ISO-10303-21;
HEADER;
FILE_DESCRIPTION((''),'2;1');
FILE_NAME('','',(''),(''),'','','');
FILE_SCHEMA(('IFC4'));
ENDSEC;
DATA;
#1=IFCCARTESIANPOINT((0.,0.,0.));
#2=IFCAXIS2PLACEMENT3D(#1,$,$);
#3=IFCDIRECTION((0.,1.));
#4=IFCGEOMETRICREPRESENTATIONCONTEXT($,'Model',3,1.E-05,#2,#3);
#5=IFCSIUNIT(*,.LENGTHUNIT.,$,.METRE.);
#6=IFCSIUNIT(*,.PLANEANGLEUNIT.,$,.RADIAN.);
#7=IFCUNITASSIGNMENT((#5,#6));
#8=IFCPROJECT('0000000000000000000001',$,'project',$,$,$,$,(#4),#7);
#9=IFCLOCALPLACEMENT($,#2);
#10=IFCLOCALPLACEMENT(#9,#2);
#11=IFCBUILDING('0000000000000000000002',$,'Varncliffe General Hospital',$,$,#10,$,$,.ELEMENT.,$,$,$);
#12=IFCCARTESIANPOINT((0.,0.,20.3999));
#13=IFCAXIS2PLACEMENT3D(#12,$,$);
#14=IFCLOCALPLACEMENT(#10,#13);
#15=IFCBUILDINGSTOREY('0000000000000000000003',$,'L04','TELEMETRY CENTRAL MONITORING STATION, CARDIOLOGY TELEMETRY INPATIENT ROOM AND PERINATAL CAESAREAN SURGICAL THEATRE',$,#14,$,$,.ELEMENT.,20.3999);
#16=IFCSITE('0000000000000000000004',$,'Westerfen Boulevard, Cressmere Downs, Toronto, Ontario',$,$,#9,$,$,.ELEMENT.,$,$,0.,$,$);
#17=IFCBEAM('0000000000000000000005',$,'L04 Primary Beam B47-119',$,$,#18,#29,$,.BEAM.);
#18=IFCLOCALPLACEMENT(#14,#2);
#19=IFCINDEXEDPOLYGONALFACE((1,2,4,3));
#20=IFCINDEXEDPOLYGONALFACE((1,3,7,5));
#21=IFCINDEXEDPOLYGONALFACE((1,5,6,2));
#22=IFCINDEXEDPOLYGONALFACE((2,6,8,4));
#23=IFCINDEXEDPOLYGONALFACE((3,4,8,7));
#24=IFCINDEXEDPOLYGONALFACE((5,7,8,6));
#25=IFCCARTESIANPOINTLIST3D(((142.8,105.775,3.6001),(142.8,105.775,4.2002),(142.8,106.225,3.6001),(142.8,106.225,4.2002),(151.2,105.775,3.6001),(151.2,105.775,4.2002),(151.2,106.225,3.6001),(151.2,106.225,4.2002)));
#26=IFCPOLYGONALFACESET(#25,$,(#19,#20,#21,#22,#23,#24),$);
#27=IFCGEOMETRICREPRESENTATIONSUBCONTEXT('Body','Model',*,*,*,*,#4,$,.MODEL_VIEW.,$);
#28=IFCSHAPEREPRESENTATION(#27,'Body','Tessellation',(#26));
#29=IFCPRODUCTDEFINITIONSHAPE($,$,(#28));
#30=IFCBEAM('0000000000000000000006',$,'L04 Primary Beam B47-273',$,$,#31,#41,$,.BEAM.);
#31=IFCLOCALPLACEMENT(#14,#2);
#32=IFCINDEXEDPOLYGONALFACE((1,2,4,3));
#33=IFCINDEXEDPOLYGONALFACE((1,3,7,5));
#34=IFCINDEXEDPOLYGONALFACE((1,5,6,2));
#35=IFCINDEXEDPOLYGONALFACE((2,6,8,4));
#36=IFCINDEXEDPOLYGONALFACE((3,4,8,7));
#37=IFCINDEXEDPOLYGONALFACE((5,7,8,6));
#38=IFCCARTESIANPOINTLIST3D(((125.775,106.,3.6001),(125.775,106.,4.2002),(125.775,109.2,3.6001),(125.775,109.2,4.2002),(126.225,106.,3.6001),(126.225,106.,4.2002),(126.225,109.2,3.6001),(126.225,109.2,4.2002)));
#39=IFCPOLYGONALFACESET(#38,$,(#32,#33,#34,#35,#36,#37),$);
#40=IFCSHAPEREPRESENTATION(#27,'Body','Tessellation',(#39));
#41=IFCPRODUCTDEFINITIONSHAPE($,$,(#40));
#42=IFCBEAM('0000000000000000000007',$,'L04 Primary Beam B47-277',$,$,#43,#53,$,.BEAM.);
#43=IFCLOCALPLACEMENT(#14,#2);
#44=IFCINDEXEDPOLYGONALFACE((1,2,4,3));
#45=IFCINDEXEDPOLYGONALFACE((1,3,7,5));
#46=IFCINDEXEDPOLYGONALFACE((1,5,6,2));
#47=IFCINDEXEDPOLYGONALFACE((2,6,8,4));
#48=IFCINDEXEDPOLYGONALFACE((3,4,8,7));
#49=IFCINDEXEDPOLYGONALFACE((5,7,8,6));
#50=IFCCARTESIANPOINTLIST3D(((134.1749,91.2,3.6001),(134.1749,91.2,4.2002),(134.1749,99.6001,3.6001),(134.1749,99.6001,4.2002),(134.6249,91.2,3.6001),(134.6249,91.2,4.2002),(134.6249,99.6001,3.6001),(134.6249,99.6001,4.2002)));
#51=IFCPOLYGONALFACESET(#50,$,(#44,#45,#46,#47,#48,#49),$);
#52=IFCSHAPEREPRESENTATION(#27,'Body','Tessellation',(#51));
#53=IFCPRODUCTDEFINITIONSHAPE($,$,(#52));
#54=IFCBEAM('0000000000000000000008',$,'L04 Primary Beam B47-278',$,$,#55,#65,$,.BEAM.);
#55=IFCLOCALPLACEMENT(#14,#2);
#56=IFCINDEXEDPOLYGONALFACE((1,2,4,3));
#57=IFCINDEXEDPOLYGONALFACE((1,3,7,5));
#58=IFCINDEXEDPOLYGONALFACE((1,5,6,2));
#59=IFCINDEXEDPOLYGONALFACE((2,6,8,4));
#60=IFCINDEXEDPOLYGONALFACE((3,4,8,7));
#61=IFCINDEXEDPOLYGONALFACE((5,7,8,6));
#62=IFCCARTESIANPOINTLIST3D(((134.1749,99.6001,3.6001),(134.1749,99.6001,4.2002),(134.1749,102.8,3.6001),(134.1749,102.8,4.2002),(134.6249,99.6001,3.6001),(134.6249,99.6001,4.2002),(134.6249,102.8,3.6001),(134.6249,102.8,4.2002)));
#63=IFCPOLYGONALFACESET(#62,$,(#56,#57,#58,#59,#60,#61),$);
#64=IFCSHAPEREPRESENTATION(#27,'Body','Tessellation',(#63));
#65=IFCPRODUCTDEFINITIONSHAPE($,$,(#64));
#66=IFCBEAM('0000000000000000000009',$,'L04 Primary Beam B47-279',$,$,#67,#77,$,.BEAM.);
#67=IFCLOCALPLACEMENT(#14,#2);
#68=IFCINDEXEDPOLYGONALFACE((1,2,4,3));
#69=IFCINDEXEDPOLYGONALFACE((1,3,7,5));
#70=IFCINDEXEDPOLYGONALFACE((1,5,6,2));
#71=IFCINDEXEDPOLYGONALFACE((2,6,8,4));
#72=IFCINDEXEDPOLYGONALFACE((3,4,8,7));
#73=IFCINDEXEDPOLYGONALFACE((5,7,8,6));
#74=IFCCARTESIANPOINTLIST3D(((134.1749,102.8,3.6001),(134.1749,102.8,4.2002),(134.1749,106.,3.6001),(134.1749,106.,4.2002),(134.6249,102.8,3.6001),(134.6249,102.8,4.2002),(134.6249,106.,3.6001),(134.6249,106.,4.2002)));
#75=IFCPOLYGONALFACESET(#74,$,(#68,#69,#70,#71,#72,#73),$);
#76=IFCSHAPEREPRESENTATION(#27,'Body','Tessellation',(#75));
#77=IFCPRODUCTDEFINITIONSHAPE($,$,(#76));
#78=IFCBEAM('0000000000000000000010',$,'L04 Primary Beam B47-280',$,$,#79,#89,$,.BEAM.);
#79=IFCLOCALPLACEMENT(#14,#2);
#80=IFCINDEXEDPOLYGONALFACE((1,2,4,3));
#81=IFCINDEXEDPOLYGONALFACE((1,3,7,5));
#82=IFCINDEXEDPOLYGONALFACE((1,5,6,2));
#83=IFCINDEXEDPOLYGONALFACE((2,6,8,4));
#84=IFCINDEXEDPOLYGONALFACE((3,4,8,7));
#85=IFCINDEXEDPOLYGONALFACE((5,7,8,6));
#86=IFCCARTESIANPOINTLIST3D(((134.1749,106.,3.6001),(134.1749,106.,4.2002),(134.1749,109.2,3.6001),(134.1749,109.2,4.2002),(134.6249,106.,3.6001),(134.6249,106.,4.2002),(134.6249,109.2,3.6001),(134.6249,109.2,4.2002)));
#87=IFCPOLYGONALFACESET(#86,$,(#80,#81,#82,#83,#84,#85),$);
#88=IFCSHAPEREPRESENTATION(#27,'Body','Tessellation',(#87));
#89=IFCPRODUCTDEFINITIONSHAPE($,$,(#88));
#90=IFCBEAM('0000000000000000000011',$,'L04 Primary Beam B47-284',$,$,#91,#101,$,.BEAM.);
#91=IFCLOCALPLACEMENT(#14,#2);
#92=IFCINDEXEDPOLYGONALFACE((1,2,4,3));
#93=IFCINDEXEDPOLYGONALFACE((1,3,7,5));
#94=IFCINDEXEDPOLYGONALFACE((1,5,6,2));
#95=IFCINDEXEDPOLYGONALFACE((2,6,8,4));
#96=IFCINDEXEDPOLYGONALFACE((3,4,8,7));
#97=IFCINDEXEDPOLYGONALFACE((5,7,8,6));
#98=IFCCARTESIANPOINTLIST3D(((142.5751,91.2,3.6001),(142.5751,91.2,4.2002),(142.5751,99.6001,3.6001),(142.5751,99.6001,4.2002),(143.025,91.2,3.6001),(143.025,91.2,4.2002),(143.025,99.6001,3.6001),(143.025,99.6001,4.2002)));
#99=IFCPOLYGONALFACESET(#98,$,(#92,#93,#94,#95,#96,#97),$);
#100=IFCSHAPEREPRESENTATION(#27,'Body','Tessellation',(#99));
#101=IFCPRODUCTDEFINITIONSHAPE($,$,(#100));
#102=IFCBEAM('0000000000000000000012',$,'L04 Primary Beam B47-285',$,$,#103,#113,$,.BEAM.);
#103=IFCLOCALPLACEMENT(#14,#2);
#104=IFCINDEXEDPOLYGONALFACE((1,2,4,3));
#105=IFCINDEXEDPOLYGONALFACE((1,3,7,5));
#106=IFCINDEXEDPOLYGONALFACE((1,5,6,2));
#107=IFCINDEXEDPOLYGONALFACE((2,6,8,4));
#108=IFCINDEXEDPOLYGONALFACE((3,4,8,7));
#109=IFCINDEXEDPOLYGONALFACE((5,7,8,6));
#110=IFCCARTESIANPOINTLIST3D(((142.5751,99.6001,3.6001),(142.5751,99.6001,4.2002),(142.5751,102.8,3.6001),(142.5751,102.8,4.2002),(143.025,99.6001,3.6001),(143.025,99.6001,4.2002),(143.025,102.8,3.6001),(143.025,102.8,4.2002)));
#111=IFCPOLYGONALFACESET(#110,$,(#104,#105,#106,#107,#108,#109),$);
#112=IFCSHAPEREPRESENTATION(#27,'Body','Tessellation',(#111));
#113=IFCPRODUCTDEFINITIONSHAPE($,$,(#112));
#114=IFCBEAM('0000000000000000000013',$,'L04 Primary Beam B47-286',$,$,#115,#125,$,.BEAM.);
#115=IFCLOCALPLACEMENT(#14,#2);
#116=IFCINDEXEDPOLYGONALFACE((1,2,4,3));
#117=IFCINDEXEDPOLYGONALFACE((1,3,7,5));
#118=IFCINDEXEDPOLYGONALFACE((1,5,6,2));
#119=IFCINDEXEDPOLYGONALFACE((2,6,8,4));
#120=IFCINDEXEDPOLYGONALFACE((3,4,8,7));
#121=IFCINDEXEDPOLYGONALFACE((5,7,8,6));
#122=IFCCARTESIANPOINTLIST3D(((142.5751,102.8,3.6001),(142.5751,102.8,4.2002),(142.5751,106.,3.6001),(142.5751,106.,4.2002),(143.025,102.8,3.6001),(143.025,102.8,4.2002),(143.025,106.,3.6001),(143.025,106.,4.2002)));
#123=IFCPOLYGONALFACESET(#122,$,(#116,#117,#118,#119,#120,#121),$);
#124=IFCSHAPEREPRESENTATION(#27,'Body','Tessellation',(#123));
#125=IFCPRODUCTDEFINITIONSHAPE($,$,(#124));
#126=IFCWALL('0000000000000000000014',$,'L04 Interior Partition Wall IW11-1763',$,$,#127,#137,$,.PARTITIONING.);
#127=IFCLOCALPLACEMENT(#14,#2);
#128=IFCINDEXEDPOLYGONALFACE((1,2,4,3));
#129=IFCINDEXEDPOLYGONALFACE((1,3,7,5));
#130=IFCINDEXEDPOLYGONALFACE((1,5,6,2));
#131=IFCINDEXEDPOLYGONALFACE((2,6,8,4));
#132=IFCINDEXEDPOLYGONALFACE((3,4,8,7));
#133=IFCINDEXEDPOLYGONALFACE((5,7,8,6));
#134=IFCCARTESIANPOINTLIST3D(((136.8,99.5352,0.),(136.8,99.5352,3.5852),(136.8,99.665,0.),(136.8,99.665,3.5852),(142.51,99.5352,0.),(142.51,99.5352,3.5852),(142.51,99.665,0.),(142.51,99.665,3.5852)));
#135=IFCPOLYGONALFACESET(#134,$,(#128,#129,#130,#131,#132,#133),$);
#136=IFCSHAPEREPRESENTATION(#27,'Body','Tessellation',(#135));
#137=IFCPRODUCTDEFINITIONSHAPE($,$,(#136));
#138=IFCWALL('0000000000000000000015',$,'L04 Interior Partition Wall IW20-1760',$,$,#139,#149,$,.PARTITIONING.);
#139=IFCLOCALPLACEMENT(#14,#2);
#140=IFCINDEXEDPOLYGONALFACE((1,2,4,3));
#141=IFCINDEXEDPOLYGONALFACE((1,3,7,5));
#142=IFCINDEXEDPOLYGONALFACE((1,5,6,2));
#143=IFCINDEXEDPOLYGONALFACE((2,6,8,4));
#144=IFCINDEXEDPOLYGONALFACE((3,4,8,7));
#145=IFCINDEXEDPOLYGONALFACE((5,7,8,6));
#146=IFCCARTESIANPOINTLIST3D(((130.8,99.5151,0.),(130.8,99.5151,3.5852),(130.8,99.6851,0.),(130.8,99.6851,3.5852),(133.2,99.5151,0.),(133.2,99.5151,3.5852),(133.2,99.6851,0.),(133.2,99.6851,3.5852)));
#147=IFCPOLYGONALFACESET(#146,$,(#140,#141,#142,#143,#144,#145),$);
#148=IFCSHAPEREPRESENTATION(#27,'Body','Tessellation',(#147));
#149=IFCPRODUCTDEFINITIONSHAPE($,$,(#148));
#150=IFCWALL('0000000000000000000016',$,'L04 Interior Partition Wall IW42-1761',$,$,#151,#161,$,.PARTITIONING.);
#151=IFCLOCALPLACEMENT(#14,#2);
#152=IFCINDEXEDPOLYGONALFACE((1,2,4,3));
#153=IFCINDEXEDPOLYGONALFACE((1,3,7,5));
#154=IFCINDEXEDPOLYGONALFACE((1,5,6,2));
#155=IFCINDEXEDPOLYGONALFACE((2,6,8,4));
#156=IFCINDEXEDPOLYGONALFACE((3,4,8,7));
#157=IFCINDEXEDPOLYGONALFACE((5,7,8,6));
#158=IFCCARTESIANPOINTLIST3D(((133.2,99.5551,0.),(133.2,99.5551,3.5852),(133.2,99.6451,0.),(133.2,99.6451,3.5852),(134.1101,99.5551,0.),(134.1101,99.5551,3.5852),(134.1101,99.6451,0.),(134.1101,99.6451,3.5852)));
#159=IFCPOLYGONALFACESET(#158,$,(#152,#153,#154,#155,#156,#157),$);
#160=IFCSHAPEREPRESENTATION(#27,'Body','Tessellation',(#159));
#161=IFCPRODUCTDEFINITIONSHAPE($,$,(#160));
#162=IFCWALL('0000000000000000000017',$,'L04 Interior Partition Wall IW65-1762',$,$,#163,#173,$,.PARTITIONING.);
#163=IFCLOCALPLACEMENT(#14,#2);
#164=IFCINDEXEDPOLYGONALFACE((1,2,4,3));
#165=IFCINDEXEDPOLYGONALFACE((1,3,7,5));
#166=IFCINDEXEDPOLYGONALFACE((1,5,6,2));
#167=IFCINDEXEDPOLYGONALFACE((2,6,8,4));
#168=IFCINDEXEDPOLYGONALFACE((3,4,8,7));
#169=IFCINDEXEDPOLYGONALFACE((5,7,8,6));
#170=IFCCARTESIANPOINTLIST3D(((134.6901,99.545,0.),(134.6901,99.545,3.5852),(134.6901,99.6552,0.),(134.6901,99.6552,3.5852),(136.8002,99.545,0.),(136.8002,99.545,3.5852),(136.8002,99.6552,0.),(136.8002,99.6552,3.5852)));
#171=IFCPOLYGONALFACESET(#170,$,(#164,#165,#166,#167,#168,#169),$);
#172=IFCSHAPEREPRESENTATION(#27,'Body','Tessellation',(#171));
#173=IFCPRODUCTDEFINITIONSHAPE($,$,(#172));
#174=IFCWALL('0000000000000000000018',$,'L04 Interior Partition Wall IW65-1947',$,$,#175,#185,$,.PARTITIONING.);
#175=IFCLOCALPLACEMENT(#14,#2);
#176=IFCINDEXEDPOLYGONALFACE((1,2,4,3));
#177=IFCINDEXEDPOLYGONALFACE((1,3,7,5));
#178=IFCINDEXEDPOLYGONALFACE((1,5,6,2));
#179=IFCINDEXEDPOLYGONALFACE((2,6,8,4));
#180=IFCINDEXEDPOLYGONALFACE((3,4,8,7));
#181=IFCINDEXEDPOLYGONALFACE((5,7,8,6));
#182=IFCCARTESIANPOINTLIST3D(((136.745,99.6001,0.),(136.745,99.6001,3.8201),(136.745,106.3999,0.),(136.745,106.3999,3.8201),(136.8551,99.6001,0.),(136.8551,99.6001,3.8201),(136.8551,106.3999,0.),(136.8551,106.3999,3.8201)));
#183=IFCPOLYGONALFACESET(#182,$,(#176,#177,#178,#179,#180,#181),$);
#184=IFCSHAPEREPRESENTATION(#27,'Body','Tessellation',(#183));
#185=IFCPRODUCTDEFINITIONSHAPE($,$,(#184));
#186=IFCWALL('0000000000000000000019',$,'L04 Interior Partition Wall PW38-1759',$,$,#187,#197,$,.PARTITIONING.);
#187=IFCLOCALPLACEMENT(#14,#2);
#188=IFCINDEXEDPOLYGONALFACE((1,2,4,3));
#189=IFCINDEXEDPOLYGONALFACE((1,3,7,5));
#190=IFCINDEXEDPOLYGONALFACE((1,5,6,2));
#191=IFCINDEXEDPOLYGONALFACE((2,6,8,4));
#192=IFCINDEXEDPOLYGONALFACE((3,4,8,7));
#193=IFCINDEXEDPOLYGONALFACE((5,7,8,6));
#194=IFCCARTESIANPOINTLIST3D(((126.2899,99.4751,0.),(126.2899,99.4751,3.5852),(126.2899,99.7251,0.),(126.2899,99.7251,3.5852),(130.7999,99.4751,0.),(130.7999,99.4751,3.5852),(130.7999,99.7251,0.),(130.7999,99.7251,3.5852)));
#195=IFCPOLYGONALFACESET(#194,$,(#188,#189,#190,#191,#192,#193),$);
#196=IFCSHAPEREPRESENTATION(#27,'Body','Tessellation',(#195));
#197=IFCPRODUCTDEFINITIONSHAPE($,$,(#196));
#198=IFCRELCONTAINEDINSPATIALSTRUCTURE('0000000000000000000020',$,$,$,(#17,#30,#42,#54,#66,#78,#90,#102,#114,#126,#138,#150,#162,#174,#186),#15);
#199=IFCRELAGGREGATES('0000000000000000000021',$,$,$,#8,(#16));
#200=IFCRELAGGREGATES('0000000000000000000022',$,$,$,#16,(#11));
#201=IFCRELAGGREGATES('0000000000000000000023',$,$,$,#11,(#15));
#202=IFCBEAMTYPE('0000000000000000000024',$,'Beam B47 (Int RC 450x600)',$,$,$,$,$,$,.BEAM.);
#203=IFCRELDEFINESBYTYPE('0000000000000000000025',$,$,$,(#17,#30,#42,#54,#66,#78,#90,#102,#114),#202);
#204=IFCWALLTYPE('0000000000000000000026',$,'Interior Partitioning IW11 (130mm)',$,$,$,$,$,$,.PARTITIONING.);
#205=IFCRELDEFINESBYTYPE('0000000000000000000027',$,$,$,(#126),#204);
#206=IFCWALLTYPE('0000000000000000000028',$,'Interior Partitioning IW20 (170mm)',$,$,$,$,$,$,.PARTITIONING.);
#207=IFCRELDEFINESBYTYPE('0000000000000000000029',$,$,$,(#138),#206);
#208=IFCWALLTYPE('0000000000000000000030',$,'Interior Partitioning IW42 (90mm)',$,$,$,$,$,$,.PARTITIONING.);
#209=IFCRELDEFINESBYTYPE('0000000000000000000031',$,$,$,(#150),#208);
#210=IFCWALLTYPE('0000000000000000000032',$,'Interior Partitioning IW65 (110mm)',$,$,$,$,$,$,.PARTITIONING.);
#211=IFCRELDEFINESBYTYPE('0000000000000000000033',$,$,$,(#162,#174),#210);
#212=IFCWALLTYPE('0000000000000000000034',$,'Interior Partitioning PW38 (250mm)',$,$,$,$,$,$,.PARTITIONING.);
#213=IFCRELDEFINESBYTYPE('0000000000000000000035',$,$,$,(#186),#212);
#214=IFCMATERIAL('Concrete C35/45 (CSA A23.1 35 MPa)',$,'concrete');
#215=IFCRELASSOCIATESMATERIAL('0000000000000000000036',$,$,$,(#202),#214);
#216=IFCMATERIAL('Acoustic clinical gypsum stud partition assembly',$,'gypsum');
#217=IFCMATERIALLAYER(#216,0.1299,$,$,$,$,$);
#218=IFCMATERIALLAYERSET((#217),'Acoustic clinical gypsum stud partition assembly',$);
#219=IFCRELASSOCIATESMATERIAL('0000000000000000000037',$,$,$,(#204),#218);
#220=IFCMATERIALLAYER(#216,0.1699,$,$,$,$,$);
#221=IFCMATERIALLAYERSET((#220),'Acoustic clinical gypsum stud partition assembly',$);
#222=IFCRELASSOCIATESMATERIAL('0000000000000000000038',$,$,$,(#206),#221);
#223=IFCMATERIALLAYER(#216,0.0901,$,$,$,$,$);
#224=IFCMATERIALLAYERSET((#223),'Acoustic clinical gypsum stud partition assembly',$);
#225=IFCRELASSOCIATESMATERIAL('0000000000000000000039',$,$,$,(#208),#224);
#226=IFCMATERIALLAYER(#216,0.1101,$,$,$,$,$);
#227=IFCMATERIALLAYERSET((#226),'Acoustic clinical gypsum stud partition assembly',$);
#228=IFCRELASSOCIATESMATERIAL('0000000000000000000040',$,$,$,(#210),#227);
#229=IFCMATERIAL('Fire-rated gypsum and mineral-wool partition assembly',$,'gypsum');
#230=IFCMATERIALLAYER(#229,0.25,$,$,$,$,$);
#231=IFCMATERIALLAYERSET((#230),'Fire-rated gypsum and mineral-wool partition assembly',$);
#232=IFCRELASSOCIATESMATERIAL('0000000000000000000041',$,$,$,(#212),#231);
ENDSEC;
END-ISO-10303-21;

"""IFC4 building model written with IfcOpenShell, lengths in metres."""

from ifc_helpers import new_model, si_unit, direction, frame, frame_2d, origin, origin_2d, place, context, subcontext, project, spatial, rectangle, extrude, material, layer, layer_set, material_profile, profile_set, type_object, element, save


model = new_model("IFC4")

# Units and contexts
model_context = context("Model", 3, precision=1e-05, world=origin(), true_north=direction((0.0, 1.0)))
body_context = subcontext(model_context, "Body", "Model", "MODEL_VIEW")
ifc_project = project(units=[si_unit("LENGTHUNIT", "METRE"), si_unit("PLANEANGLEUNIT", "RADIAN")], contexts=[model_context])

# Site, building, storey
site_placement = place(None, origin())
site = spatial("IfcSite", under=ifc_project, at=site_placement, Name="Westerfen Boulevard, Cressmere Downs, Toronto, Ontario", CompositionType="ELEMENT", RefElevation=0.0)
building_placement = place(site_placement, origin())
building = spatial("IfcBuilding", under=site, at=building_placement, Name="Varncliffe General Hospital", CompositionType="ELEMENT")
storey_placement = place(building_placement, frame((0.0, 0.0, 20.3999)))
storey = spatial("IfcBuildingStorey", under=building, at=storey_placement, Name="L04", Description="TELEMETRY CENTRAL MONITORING STATION, CARDIOLOGY TELEMETRY INPATIENT ROOM AND PERINATAL CAESAREAN SURGICAL THEATRE", CompositionType="ELEMENT", Elevation=20.3999)

# Beams
ifc_material_1 = material(Name="Concrete C35/45 (CSA A23.1 35 MPa)", Category="concrete")
ifc_material_profile_1 = material_profile(ifc_material_1, rectangle(XDim=0.45, YDim=0.6001, at=origin_2d()), Name="RC 450x600")
ifc_profile_set_1 = profile_set([ifc_material_profile_1], Name="Concrete C35/45 (CSA A23.1 35 MPa)")
beam_type = type_object("IfcBeamType", Name="Beam B47 (Int RC 450x600)", PredefinedType="BEAM", material=ifc_profile_set_1)
beam_1_placement = place(storey_placement, frame((142.8, 106.0, 3.9001), z_axis=(1.0, 0.0, 0.0), x_axis=(0.0, 1.0, 0.0)))
element("IfcBeam", 1, at=beam_1_placement, inside=storey, type_object=beam_type, Name="L04 Primary Beam B47-119", PredefinedType="BEAM", context=body_context, shape_type="SweptSolid", body=[
    extrude(rectangle(XDim=0.45, YDim=0.6001, at=origin_2d()), origin(), (0.0, 0.0, 1.0), 8.3999),
])
beam_2_placement = place(storey_placement, frame((126.0, 106.0, 3.9001), z_axis=(0.0, 1.0, 0.0), x_axis=(-1.0, 0.0, 0.0)))
element("IfcBeam", 2, at=beam_2_placement, inside=storey, type_object=beam_type, Name="L04 Primary Beam B47-273", PredefinedType="BEAM", context=body_context, shape_type="SweptSolid", body=[
    extrude(rectangle(XDim=0.45, YDim=0.6001, at=origin_2d()), origin(), (0.0, 0.0, 1.0), 3.2),
])
beam_3_placement = place(storey_placement, frame((134.3999, 91.2, 3.9001), z_axis=(0.0, 1.0, 0.0), x_axis=(-1.0, 0.0, 0.0)))
element("IfcBeam", 3, at=beam_3_placement, inside=storey, type_object=beam_type, Name="L04 Primary Beam B47-277", PredefinedType="BEAM", context=body_context, shape_type="SweptSolid", body=[
    extrude(rectangle(XDim=0.45, YDim=0.6001, at=origin_2d()), origin(), (0.0, 0.0, 1.0), 8.4001),
])
for number, where, z_axis, x_axis, name in (
    (4, (134.3999, 99.6001, 3.9001), (0.0, 1.0, 0.0), (-1.0, 0.0, 0.0), "L04 Primary Beam B47-278"),
    (5, (134.3999, 102.8, 3.9001), (0.0, 1.0, 0.0), (-1.0, 0.0, 0.0), "L04 Primary Beam B47-279"),
    (6, (134.3999, 106.0, 3.9001), (0.0, 1.0, 0.0), (-1.0, 0.0, 0.0), "L04 Primary Beam B47-280"),
):
    element("IfcBeam", number, at=place(storey_placement, frame(where, z_axis=z_axis, x_axis=x_axis)), inside=storey, type_object=beam_type, Name=name, PredefinedType="BEAM", context=body_context, shape_type="SweptSolid", body=[
        extrude(rectangle(XDim=0.45, YDim=0.6001, at=origin_2d()), origin(), (0.0, 0.0, 1.0), 3.2),
    ])
beam_4_placement = place(storey_placement, frame((142.8, 91.2, 3.9001), z_axis=(0.0, 1.0, 0.0), x_axis=(-1.0, 0.0, 0.0)))
element("IfcBeam", 7, at=beam_4_placement, inside=storey, type_object=beam_type, Name="L04 Primary Beam B47-284", PredefinedType="BEAM", context=body_context, shape_type="SweptSolid", body=[
    extrude(rectangle(XDim=0.45, YDim=0.6001, at=origin_2d()), origin(), (0.0, 0.0, 1.0), 8.4001),
])
for number, where, z_axis, x_axis, name in (
    (8, (142.8, 99.6001, 3.9001), (0.0, 1.0, 0.0), (-1.0, 0.0, 0.0), "L04 Primary Beam B47-285"),
    (9, (142.8, 102.8, 3.9001), (0.0, 1.0, 0.0), (-1.0, 0.0, 0.0), "L04 Primary Beam B47-286"),
):
    element("IfcBeam", number, at=place(storey_placement, frame(where, z_axis=z_axis, x_axis=x_axis)), inside=storey, type_object=beam_type, Name=name, PredefinedType="BEAM", context=body_context, shape_type="SweptSolid", body=[
        extrude(rectangle(XDim=0.45, YDim=0.6001, at=origin_2d()), origin(), (0.0, 0.0, 1.0), 3.2),
    ])

# Walls
ifc_material_2 = material(Name="Acoustic clinical gypsum stud partition assembly", Category="gypsum")
ifc_layer_1 = layer(ifc_material_2, 0.1299)
ifc_layer_set_1 = layer_set([ifc_layer_1], Name="Acoustic clinical gypsum stud partition assembly")
wall_type_1 = type_object("IfcWallType", Name="Interior Partitioning IW11 (130mm)", PredefinedType="PARTITIONING", material=ifc_layer_set_1)
wall_1_placement = place(storey_placement, frame((136.8, 99.6001, 0.0), z_axis=(0.0, 0.0, 1.0), x_axis=(1.0, 0.0, 0.0)))
element("IfcWall", 10, at=wall_1_placement, inside=storey, type_object=wall_type_1, Name="L04 Interior Partition Wall IW11-1763", PredefinedType="PARTITIONING", context=body_context, shape_type="SweptSolid", body=[
    extrude(rectangle(XDim=5.71, YDim=0.1299, at=frame_2d((2.855, 0.0))), origin(), (0.0, 0.0, 1.0), 3.5852),
])
ifc_layer_2 = layer(ifc_material_2, 0.1699)
ifc_layer_set_2 = layer_set([ifc_layer_2], Name="Acoustic clinical gypsum stud partition assembly")
wall_type_2 = type_object("IfcWallType", Name="Interior Partitioning IW20 (170mm)", PredefinedType="PARTITIONING", material=ifc_layer_set_2)
wall_2_placement = place(storey_placement, frame((130.8, 99.6001, 0.0), z_axis=(0.0, 0.0, 1.0), x_axis=(1.0, 0.0, 0.0)))
element("IfcWall", 11, at=wall_2_placement, inside=storey, type_object=wall_type_2, Name="L04 Interior Partition Wall IW20-1760", PredefinedType="PARTITIONING", context=body_context, shape_type="SweptSolid", body=[
    extrude(rectangle(XDim=2.3999, YDim=0.1699, at=frame_2d((1.2, 0.0))), origin(), (0.0, 0.0, 1.0), 3.5852),
])
ifc_layer_3 = layer(ifc_material_2, 0.0901)
ifc_layer_set_3 = layer_set([ifc_layer_3], Name="Acoustic clinical gypsum stud partition assembly")
wall_type_3 = type_object("IfcWallType", Name="Interior Partitioning IW42 (90mm)", PredefinedType="PARTITIONING", material=ifc_layer_set_3)
wall_3_placement = place(storey_placement, frame((133.2, 99.6001, 0.0), z_axis=(0.0, 0.0, 1.0), x_axis=(1.0, 0.0, 0.0)))
element("IfcWall", 12, at=wall_3_placement, inside=storey, type_object=wall_type_3, Name="L04 Interior Partition Wall IW42-1761", PredefinedType="PARTITIONING", context=body_context, shape_type="SweptSolid", body=[
    extrude(rectangle(XDim=0.9102, YDim=0.0901, at=frame_2d((0.4551, 0.0))), origin(), (0.0, 0.0, 1.0), 3.5852),
])
ifc_layer_4 = layer(ifc_material_2, 0.1101)
ifc_layer_set_4 = layer_set([ifc_layer_4], Name="Acoustic clinical gypsum stud partition assembly")
wall_type_4 = type_object("IfcWallType", Name="Interior Partitioning IW65 (110mm)", PredefinedType="PARTITIONING", material=ifc_layer_set_4)
wall_4_placement = place(storey_placement, frame((134.6899, 99.6001, 0.0), z_axis=(0.0, 0.0, 1.0), x_axis=(1.0, 0.0, 0.0)))
element("IfcWall", 13, at=wall_4_placement, inside=storey, type_object=wall_type_4, Name="L04 Interior Partition Wall IW65-1762", PredefinedType="PARTITIONING", context=body_context, shape_type="SweptSolid", body=[
    extrude(rectangle(XDim=2.1101, YDim=0.1101, at=frame_2d((1.0552, 0.0))), origin(), (0.0, 0.0, 1.0), 3.5852),
])
wall_5_placement = place(storey_placement, frame((136.8, 99.6001, 0.0), z_axis=(0.0, 0.0, 1.0), x_axis=(0.0, 1.0, 0.0)))
element("IfcWall", 14, at=wall_5_placement, inside=storey, type_object=wall_type_4, Name="L04 Interior Partition Wall IW65-1947", PredefinedType="PARTITIONING", context=body_context, shape_type="SweptSolid", body=[
    extrude(rectangle(XDim=6.7998, YDim=0.1101, at=frame_2d((3.3999, 0.0))), origin(), (0.0, 0.0, 1.0), 3.8201),
])
ifc_material_3 = material(Name="Fire-rated gypsum and mineral-wool partition assembly", Category="gypsum")
ifc_layer_5 = layer(ifc_material_3, 0.25)
ifc_layer_set_5 = layer_set([ifc_layer_5], Name="Fire-rated gypsum and mineral-wool partition assembly")
wall_type_5 = type_object("IfcWallType", Name="Interior Partitioning PW38 (250mm)", PredefinedType="PARTITIONING", material=ifc_layer_set_5)
wall_6_placement = place(storey_placement, frame((126.29, 99.6001, 0.0), z_axis=(0.0, 0.0, 1.0), x_axis=(1.0, 0.0, 0.0)))
element("IfcWall", 15, at=wall_6_placement, inside=storey, type_object=wall_type_5, Name="L04 Interior Partition Wall PW38-1759", PredefinedType="PARTITIONING", context=body_context, shape_type="SweptSolid", body=[
    extrude(rectangle(XDim=4.51, YDim=0.25, at=frame_2d((2.2549, 0.0))), origin(), (0.0, 0.0, 1.0), 3.5852),
])

save(model, "model.ifc")
